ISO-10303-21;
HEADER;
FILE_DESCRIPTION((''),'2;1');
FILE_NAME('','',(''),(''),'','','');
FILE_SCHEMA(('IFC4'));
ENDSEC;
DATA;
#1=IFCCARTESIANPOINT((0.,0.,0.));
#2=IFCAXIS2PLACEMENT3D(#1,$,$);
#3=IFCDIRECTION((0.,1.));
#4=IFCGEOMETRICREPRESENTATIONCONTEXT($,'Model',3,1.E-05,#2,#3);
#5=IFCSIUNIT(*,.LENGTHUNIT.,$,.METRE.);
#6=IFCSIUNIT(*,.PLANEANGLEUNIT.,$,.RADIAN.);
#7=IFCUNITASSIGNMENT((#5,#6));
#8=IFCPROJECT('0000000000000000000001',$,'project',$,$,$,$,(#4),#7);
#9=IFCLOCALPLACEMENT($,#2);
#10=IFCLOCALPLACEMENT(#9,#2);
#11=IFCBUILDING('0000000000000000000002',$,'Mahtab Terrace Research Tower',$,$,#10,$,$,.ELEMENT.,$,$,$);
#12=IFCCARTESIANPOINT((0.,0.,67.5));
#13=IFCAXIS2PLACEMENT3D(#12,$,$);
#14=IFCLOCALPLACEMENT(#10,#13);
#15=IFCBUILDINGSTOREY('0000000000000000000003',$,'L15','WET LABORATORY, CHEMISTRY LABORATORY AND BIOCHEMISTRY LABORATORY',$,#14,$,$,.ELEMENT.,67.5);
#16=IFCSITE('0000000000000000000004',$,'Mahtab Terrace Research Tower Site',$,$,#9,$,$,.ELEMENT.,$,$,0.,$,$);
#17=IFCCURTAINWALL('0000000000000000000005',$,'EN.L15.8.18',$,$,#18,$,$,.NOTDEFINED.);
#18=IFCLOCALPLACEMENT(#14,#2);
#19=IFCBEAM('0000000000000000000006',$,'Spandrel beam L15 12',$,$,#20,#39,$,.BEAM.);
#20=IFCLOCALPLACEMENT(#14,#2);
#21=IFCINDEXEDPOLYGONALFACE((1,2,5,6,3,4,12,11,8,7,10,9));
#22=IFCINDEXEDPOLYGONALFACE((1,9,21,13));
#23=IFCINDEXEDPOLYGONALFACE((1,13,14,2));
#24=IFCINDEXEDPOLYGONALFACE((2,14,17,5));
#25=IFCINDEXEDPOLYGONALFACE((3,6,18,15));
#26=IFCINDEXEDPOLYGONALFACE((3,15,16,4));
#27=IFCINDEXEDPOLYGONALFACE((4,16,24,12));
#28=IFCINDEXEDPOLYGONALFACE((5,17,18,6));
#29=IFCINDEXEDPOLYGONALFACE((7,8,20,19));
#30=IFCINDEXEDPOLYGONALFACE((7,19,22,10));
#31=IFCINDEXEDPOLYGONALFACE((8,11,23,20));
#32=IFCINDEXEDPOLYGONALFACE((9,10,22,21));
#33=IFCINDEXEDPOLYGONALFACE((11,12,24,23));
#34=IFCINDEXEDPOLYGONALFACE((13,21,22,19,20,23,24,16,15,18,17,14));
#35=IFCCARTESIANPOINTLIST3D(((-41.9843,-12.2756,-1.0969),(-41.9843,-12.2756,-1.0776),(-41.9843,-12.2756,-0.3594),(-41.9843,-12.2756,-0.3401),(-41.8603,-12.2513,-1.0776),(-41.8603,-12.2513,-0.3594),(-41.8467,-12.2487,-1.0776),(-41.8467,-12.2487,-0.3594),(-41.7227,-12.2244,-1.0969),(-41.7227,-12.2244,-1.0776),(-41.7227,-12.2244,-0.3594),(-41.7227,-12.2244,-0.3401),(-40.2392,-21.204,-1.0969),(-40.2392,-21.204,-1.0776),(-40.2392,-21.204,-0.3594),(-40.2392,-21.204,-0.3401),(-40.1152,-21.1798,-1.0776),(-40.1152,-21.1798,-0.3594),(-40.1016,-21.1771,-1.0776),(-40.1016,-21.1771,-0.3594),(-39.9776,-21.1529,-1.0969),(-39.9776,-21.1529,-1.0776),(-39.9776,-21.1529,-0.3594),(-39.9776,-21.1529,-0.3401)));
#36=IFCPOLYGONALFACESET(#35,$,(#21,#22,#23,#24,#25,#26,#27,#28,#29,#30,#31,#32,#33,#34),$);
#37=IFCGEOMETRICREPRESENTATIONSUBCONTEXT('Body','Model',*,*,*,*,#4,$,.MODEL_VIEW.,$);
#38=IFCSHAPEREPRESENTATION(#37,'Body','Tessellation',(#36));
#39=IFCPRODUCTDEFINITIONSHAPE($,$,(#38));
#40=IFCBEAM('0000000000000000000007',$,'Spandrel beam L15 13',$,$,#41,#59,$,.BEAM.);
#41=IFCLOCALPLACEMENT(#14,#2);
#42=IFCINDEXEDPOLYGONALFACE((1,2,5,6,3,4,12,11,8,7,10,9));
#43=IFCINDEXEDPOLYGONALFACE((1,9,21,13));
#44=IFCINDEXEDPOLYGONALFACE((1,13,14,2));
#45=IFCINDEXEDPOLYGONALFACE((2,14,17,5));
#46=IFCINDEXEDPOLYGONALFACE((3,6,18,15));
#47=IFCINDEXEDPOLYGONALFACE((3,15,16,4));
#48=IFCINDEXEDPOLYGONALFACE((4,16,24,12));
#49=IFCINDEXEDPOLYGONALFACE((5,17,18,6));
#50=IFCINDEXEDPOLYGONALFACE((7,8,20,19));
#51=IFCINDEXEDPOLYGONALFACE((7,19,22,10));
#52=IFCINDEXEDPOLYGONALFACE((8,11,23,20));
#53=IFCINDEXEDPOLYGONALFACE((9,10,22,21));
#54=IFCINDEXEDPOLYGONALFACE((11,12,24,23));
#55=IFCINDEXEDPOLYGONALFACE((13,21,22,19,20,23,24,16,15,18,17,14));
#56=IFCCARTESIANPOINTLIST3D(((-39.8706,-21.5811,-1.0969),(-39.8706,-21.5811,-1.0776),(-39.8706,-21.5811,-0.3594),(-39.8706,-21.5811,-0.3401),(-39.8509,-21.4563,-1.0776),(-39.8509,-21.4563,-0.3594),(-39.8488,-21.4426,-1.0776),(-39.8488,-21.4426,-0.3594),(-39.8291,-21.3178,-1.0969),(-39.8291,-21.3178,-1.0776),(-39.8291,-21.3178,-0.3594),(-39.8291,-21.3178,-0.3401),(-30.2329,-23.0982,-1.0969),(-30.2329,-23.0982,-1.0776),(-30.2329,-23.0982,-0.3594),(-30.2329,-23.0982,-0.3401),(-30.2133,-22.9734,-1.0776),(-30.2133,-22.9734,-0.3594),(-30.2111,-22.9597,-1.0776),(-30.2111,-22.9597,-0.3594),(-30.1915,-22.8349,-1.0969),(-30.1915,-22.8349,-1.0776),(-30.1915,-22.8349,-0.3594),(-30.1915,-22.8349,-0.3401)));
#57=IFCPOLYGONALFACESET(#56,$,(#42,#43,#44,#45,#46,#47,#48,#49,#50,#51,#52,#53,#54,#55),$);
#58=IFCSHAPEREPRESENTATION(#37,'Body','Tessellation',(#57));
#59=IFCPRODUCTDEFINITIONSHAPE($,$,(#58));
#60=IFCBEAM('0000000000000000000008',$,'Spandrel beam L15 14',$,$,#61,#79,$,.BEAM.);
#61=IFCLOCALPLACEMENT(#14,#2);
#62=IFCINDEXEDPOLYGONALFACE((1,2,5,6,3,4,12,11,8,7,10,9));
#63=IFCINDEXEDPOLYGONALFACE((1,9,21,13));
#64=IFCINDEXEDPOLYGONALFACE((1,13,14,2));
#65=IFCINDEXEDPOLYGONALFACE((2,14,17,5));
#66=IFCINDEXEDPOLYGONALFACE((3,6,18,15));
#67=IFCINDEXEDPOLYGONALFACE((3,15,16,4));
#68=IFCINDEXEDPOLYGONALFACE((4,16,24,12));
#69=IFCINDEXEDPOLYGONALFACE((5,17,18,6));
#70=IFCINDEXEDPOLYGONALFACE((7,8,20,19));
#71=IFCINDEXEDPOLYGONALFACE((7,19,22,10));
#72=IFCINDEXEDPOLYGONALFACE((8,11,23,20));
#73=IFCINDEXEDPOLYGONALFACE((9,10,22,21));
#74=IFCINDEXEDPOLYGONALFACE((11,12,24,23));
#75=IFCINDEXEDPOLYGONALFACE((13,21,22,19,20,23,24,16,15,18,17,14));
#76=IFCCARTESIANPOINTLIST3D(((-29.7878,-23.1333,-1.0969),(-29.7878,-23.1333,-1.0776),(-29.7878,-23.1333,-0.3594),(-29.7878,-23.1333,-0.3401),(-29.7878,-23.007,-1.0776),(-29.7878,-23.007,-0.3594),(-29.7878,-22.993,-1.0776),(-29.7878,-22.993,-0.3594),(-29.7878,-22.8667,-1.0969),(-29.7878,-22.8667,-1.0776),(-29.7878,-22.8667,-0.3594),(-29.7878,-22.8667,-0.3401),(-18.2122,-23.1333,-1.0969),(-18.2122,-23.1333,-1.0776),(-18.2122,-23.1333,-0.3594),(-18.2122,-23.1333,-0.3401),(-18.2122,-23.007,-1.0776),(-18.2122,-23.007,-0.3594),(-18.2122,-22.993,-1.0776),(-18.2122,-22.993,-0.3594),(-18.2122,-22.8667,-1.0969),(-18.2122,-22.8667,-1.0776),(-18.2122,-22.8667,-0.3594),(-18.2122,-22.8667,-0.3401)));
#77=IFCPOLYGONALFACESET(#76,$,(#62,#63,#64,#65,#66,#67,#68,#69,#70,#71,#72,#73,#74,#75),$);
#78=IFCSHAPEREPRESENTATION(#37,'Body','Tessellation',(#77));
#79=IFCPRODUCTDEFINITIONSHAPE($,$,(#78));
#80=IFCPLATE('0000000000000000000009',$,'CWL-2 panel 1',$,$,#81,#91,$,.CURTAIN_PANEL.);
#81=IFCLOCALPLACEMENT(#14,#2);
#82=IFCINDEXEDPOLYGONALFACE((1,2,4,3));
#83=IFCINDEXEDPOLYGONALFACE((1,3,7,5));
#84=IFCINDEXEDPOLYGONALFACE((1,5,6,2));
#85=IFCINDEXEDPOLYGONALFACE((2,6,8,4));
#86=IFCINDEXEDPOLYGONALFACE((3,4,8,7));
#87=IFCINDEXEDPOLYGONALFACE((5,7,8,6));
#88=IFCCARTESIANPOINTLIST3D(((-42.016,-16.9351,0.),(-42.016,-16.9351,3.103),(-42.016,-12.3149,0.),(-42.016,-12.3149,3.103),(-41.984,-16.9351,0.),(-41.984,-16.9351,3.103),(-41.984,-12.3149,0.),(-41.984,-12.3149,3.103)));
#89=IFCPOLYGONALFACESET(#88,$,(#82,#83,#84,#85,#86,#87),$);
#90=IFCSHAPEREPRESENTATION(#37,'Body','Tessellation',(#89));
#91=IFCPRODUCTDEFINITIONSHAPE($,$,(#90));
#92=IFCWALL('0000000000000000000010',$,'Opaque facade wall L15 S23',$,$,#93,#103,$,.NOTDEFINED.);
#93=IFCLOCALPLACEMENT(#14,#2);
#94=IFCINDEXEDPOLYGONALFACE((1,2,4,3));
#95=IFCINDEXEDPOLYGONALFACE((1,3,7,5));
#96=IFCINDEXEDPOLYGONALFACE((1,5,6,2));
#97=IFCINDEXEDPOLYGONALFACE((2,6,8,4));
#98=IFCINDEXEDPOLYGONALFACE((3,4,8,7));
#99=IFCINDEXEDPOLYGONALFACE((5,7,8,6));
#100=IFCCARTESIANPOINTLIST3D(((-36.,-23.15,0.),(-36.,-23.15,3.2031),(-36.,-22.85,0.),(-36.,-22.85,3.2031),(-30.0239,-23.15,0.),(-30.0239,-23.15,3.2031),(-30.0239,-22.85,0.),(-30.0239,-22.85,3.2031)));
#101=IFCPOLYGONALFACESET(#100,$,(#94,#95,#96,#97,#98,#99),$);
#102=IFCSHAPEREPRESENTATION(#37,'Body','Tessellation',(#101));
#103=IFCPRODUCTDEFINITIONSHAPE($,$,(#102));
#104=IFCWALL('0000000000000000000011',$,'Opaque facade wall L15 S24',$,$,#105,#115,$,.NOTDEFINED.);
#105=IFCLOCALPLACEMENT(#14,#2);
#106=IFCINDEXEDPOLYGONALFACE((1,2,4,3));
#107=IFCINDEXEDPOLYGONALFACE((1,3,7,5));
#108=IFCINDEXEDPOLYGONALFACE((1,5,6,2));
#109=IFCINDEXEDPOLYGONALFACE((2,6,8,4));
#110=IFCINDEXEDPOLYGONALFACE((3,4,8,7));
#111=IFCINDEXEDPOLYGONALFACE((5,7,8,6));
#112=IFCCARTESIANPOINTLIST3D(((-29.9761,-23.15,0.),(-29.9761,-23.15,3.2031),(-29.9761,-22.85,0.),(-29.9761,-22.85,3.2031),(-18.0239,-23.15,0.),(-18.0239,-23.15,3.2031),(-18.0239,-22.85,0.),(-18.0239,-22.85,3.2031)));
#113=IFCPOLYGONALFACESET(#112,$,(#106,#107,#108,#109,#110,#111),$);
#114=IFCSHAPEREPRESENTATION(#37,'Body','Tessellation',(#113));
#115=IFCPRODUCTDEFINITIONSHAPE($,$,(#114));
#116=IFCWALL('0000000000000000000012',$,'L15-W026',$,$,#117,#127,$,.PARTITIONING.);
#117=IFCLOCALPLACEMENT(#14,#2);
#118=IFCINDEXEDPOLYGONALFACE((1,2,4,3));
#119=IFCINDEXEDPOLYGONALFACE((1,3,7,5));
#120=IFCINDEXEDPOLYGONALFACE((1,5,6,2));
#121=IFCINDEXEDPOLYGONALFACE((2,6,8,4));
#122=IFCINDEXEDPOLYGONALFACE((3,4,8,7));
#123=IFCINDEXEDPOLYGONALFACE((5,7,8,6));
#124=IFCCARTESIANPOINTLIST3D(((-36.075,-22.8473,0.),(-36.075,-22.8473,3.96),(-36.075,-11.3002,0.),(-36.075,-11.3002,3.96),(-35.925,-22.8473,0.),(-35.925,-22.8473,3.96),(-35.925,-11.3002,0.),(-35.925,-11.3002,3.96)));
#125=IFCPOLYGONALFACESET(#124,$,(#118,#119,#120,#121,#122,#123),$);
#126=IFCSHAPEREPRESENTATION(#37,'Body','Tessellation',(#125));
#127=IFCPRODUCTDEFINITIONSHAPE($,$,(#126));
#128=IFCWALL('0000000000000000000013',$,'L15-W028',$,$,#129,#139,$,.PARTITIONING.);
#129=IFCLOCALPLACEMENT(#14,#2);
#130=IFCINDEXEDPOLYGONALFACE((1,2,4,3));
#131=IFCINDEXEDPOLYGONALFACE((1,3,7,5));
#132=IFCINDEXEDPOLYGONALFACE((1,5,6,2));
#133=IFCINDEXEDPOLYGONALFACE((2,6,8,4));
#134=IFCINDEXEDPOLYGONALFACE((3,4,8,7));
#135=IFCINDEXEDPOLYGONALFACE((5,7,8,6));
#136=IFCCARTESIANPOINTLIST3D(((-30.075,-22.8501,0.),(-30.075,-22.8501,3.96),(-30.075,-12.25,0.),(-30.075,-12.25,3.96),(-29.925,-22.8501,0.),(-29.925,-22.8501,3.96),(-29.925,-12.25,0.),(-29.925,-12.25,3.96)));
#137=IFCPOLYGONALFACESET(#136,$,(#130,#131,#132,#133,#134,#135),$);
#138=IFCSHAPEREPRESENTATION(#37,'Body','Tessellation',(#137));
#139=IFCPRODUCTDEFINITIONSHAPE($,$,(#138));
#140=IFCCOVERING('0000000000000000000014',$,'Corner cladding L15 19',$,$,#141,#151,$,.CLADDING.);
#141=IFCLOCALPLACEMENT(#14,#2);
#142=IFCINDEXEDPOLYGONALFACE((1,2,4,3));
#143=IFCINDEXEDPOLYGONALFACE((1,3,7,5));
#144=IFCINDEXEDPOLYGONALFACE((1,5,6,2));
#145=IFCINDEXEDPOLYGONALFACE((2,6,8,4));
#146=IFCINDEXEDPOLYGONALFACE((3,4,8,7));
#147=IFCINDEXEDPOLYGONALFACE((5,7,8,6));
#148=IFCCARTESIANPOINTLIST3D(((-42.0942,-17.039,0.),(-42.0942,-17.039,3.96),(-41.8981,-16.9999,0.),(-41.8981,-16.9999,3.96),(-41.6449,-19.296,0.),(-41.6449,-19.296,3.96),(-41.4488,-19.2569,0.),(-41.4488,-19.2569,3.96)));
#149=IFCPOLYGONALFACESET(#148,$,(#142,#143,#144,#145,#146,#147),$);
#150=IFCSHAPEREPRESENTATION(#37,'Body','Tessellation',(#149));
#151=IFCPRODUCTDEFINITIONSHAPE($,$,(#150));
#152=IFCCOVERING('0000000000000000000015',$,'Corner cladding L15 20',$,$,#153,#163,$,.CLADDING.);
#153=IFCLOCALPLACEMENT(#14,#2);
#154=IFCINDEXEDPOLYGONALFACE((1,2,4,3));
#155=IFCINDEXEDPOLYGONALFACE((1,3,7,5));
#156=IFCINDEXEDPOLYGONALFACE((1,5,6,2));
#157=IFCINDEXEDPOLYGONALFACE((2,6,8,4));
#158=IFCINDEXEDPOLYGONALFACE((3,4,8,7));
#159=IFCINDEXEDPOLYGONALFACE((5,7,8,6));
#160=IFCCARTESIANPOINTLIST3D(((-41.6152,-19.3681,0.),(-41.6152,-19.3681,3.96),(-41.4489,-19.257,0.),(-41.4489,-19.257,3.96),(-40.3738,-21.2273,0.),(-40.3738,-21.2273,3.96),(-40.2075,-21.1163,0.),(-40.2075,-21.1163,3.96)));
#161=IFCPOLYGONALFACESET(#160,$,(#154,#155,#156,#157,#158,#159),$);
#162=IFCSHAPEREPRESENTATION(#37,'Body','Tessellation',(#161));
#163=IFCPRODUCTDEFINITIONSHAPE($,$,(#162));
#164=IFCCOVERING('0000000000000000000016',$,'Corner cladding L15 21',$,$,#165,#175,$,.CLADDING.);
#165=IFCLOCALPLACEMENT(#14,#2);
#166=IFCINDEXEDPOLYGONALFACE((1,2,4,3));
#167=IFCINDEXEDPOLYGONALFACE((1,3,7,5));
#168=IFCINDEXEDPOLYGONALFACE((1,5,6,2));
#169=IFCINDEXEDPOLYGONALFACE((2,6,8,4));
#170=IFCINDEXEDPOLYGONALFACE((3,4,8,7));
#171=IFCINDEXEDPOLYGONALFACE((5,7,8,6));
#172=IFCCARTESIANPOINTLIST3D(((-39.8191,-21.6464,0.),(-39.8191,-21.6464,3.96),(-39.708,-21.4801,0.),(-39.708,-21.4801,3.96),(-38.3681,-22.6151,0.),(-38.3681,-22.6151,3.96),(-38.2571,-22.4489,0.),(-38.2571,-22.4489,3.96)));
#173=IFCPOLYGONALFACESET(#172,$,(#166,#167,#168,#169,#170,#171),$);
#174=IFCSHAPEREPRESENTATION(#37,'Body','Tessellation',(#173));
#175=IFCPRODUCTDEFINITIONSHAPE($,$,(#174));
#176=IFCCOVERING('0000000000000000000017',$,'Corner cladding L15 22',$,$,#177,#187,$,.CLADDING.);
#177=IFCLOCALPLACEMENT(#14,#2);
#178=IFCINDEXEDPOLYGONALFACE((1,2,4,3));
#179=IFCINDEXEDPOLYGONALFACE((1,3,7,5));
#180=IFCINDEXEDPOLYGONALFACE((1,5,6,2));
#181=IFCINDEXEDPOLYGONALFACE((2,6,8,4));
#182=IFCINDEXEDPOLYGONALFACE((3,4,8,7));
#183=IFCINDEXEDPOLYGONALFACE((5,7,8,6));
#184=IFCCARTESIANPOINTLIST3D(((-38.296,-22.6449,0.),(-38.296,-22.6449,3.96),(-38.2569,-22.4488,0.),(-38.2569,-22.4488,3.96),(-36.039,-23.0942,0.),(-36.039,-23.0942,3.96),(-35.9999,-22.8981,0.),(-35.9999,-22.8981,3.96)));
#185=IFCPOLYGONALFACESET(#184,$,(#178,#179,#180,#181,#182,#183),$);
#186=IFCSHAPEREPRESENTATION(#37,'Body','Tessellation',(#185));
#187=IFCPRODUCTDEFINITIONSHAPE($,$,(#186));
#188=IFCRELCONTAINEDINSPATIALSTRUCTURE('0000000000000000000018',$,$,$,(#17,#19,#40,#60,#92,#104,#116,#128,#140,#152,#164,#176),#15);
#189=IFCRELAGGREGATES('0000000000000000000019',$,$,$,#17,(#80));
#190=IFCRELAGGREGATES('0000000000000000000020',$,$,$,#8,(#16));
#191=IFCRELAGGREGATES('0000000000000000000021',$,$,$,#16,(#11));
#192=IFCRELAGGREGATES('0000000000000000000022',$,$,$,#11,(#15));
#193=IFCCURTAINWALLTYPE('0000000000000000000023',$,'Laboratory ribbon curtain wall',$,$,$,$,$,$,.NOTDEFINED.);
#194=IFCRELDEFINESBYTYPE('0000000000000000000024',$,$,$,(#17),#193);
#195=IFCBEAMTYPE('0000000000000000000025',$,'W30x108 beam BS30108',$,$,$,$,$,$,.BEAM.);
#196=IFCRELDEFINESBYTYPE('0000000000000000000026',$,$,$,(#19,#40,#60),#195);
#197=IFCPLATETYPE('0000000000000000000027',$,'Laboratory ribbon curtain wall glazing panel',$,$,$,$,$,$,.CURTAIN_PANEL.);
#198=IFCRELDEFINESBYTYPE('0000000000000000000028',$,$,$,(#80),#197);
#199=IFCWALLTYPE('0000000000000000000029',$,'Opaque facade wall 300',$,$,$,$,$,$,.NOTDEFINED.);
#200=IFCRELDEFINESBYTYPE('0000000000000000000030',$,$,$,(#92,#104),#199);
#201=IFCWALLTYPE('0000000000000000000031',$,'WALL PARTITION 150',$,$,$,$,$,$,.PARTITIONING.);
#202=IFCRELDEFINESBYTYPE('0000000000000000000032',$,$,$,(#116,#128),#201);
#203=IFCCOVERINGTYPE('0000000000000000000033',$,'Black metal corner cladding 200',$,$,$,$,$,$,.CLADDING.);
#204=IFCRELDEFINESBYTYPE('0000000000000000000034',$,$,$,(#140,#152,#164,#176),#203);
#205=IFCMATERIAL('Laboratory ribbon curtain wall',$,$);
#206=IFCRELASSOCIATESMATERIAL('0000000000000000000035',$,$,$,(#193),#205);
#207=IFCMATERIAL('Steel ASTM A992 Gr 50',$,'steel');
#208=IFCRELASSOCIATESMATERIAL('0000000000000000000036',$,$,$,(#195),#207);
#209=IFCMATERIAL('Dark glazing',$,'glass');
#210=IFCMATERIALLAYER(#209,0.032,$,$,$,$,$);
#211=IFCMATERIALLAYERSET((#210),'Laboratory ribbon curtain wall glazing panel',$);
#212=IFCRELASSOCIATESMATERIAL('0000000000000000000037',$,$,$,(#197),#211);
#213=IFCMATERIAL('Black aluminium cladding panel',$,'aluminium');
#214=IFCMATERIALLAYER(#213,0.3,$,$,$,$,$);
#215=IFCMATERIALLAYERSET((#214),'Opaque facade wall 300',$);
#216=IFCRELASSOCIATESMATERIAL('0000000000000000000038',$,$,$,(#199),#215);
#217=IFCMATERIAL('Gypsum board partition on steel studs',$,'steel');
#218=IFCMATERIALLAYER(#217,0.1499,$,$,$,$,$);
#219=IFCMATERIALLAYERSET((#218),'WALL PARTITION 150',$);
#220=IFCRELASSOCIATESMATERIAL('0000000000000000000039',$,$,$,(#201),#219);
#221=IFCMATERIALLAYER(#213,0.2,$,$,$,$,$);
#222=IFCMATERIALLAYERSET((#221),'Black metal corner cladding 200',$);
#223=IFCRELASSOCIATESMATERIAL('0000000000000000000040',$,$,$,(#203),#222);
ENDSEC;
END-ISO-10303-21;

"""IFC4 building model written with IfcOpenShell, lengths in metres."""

from ifc_helpers import new_model, si_unit, direction, frame, frame_2d, origin, origin_2d, place, context, subcontext, project, spatial, rectangle, i_section, extrude, material, layer, layer_set, material_profile, profile_set, type_object, element, aggregate, save


model = new_model("IFC4")

# Units and contexts
model_context = context("Model", 3, precision=1e-05, world=origin(), true_north=direction((0.0, 1.0)))
body_context = subcontext(model_context, "Body", "Model", "MODEL_VIEW")
ifc_project = project(units=[si_unit("LENGTHUNIT", "METRE"), si_unit("PLANEANGLEUNIT", "RADIAN")], contexts=[model_context])

# Site, building, storey
site_placement = place(None, origin())
site = spatial("IfcSite", under=ifc_project, at=site_placement, Name="Mahtab Terrace Research Tower Site", CompositionType="ELEMENT", RefElevation=0.0)
building_placement = place(site_placement, origin())
building = spatial("IfcBuilding", under=site, at=building_placement, Name="Mahtab Terrace Research Tower", CompositionType="ELEMENT")
storey_placement = place(building_placement, frame((0.0, 0.0, 67.5)))
storey = spatial("IfcBuildingStorey", under=building, at=storey_placement, Name="L15", Description="WET LABORATORY, CHEMISTRY LABORATORY AND BIOCHEMISTRY LABORATORY", CompositionType="ELEMENT", Elevation=67.5)

# Shared definitions
ifc_material_1 = material(Name="Steel ASTM A992 Gr 50", Category="steel")

# Curtain wall
ifc_material_2 = material(Name="Laboratory ribbon curtain wall")
curtain_wall_type = type_object("IfcCurtainWallType", Name="Laboratory ribbon curtain wall", PredefinedType="NOTDEFINED", material=ifc_material_2)
curtain_wall_placement = place(storey_placement, origin())
curtain_wall = element("IfcCurtainWall", 1, at=curtain_wall_placement, inside=storey, type_object=curtain_wall_type, Name="EN.L15.8.18", PredefinedType="NOTDEFINED")

# Beams
ifc_material_profile_1 = material_profile(ifc_material_1, i_section(OverallWidth=0.2666, OverallDepth=0.7568, WebThickness=0.0139, FlangeThickness=0.0193, at=origin_2d()), Name="W30X108")
ifc_profile_set_1 = profile_set([ifc_material_profile_1], Name="Steel ASTM A992 Gr 50")
beam_type = type_object("IfcBeamType", Name="W30x108 beam BS30108", PredefinedType="BEAM", material=ifc_profile_set_1)
beam_1_placement = place(storey_placement, frame((-41.8535, -12.25, -0.7185), z_axis=(0.191826, -0.981429, 0.0), x_axis=(0.981429, 0.191826, 0.0)))
element("IfcBeam", 2, at=beam_1_placement, inside=storey, type_object=beam_type, Name="Spandrel beam L15 12", PredefinedType="BEAM", context=body_context, shape_type="SweptSolid", body=[
    extrude(i_section(OverallWidth=0.2666, OverallDepth=0.7568, WebThickness=0.0139, FlangeThickness=0.0193, at=origin_2d()), origin(), (0.0, 0.0, 1.0), 9.0974),
])
beam_2_placement = place(storey_placement, frame((-39.8499, -21.4495, -0.7185), z_axis=(0.987836, -0.155497, 0.0), x_axis=(0.155497, 0.987836, 0.0)))
element("IfcBeam", 3, at=beam_2_placement, inside=storey, type_object=beam_type, Name="Spandrel beam L15 13", PredefinedType="BEAM", context=body_context, shape_type="SweptSolid", body=[
    extrude(i_section(OverallWidth=0.2666, OverallDepth=0.7568, WebThickness=0.0139, FlangeThickness=0.0193, at=origin_2d()), origin(), (0.0, 0.0, 1.0), 9.7563),
])
beam_3_placement = place(storey_placement, frame((-29.7878, -23.0, -0.7185), z_axis=(1.0, 0.0, 0.0), x_axis=(0.0, 1.0, 0.0)))
element("IfcBeam", 4, at=beam_3_placement, inside=storey, type_object=beam_type, Name="Spandrel beam L15 14", PredefinedType="BEAM", context=body_context, shape_type="SweptSolid", body=[
    extrude(i_section(OverallWidth=0.2666, OverallDepth=0.7568, WebThickness=0.0139, FlangeThickness=0.0193, at=origin_2d()), origin(), (0.0, 0.0, 1.0), 11.5757),
])

# Plate
ifc_material_3 = material(Name="Dark glazing", Category="glass")
ifc_layer_1 = layer(ifc_material_3, 0.032)
ifc_layer_set_1 = layer_set([ifc_layer_1], Name="Laboratory ribbon curtain wall glazing panel")
plate_type = type_object("IfcPlateType", Name="Laboratory ribbon curtain wall glazing panel", PredefinedType="CURTAIN_PANEL", material=ifc_layer_set_1)
plate_placement = place(storey_placement, frame((-42.0, -14.625, 0.0), z_axis=(0.0, 0.0, 1.0), x_axis=(0.0, -1.0, 0.0)))
plate = element("IfcPlate", 5, at=plate_placement, type_object=plate_type, Name="CWL-2 panel 1", PredefinedType="CURTAIN_PANEL", context=body_context, shape_type="SweptSolid", body=[
    extrude(rectangle(XDim=4.6201, YDim=0.032, at=origin_2d()), origin(), (0.0, 0.0, 1.0), 3.103),
])
aggregate(curtain_wall, [plate])

# Walls
ifc_material_4 = material(Name="Black aluminium cladding panel", Category="aluminium")
ifc_layer_2 = layer(ifc_material_4, 0.3)
ifc_layer_set_2 = layer_set([ifc_layer_2], Name="Opaque facade wall 300")
wall_type_1 = type_object("IfcWallType", Name="Opaque facade wall 300", PredefinedType="NOTDEFINED", material=ifc_layer_set_2)
wall_1_placement = place(storey_placement, frame((-36.0, -23.0, 0.0), z_axis=(0.0, 0.0, 1.0), x_axis=(1.0, 0.0, 0.0)))
element("IfcWall", 6, at=wall_1_placement, inside=storey, type_object=wall_type_1, Name="Opaque facade wall L15 S23", PredefinedType="NOTDEFINED", context=body_context, shape_type="SweptSolid", body=[
    extrude(rectangle(XDim=5.9761, YDim=0.3, at=frame_2d((2.988, 0.0))), origin(), (0.0, 0.0, 1.0), 3.2031),
])
wall_2_placement = place(storey_placement, frame((-29.9761, -23.0, 0.0), z_axis=(0.0, 0.0, 1.0), x_axis=(1.0, 0.0, 0.0)))
element("IfcWall", 7, at=wall_2_placement, inside=storey, type_object=wall_type_1, Name="Opaque facade wall L15 S24", PredefinedType="NOTDEFINED", context=body_context, shape_type="SweptSolid", body=[
    extrude(rectangle(XDim=11.9521, YDim=0.3, at=frame_2d((5.9761, 0.0))), origin(), (0.0, 0.0, 1.0), 3.2031),
])
ifc_material_5 = material(Name="Gypsum board partition on steel studs", Category="steel")
ifc_layer_3 = layer(ifc_material_5, 0.1499)
ifc_layer_set_3 = layer_set([ifc_layer_3], Name="WALL PARTITION 150")
wall_type_2 = type_object("IfcWallType", Name="WALL PARTITION 150", PredefinedType="PARTITIONING", material=ifc_layer_set_3)
wall_3_placement = place(storey_placement, frame((-36.0, -22.8472, 0.0), z_axis=(0.0, 0.0, 1.0), x_axis=(0.0, 1.0, 0.0)))
element("IfcWall", 8, at=wall_3_placement, inside=storey, type_object=wall_type_2, Name="L15-W026", PredefinedType="PARTITIONING", context=body_context, shape_type="SweptSolid", body=[
    extrude(rectangle(XDim=11.5471, YDim=0.1499, at=frame_2d((5.7734, 0.0))), origin(), (0.0, 0.0, 1.0), 3.96),
])
wall_4_placement = place(storey_placement, frame((-30.0, -22.8501, 0.0), z_axis=(0.0, 0.0, 1.0), x_axis=(0.0, 1.0, 0.0)))
element("IfcWall", 9, at=wall_4_placement, inside=storey, type_object=wall_type_2, Name="L15-W028", PredefinedType="PARTITIONING", context=body_context, shape_type="SweptSolid", body=[
    extrude(rectangle(XDim=10.6001, YDim=0.1499, at=frame_2d((5.3, 0.0))), origin(), (0.0, 0.0, 1.0), 3.96),
])

# Coverings
ifc_layer_4 = layer(ifc_material_4, 0.2)
ifc_layer_set_4 = layer_set([ifc_layer_4], Name="Black metal corner cladding 200")
covering_type = type_object("IfcCoveringType", Name="Black metal corner cladding 200", PredefinedType="CLADDING", material=ifc_layer_set_4)
covering_1_placement = place(storey_placement, frame((-41.7715, -18.1479, 0.0), z_axis=(0.0, 0.0, 1.0), x_axis=(0.195212, -0.980761, 0.0)))
element("IfcCovering", 10, at=covering_1_placement, inside=storey, type_object=covering_type, Name="Corner cladding L15 19", PredefinedType="CLADDING", context=body_context, shape_type="SweptSolid", body=[
    extrude(rectangle(XDim=2.3013, YDim=0.2, at=origin_2d()), origin(), (0.0, 0.0, 1.0), 3.96),
])
covering_2_placement = place(storey_placement, frame((-40.9114, -20.2422, 0.0), z_axis=(0.0, 0.0, 1.0), x_axis=(0.555291, -0.831656, 0.0)))
element("IfcCovering", 11, at=covering_2_placement, inside=storey, type_object=covering_type, Name="Corner cladding L15 20", PredefinedType="CLADDING", context=body_context, shape_type="SweptSolid", body=[
    extrude(rectangle(XDim=2.2356, YDim=0.2, at=origin_2d()), origin(), (0.0, 0.0, 1.0), 3.96),
])
covering_3_placement = place(storey_placement, frame((-39.0381, -22.0476, 0.0), z_axis=(0.0, 0.0, 1.0), x_axis=(0.831656, -0.555291, 0.0)))
element("IfcCovering", 12, at=covering_3_placement, inside=storey, type_object=covering_type, Name="Corner cladding L15 21", PredefinedType="CLADDING", context=body_context, shape_type="SweptSolid", body=[
    extrude(rectangle(XDim=1.7446, YDim=0.2, at=origin_2d()), origin(), (0.0, 0.0, 1.0), 3.96),
])
covering_4_placement = place(storey_placement, frame((-37.1479, -22.7715, 0.0), z_axis=(0.0, 0.0, 1.0), x_axis=(0.980761, -0.195212, 0.0)))
element("IfcCovering", 13, at=covering_4_placement, inside=storey, type_object=covering_type, Name="Corner cladding L15 22", PredefinedType="CLADDING", context=body_context, shape_type="SweptSolid", body=[
    extrude(rectangle(XDim=2.3013, YDim=0.2, at=origin_2d()), origin(), (0.0, 0.0, 1.0), 3.96),
])

save(model, "model.ifc")
